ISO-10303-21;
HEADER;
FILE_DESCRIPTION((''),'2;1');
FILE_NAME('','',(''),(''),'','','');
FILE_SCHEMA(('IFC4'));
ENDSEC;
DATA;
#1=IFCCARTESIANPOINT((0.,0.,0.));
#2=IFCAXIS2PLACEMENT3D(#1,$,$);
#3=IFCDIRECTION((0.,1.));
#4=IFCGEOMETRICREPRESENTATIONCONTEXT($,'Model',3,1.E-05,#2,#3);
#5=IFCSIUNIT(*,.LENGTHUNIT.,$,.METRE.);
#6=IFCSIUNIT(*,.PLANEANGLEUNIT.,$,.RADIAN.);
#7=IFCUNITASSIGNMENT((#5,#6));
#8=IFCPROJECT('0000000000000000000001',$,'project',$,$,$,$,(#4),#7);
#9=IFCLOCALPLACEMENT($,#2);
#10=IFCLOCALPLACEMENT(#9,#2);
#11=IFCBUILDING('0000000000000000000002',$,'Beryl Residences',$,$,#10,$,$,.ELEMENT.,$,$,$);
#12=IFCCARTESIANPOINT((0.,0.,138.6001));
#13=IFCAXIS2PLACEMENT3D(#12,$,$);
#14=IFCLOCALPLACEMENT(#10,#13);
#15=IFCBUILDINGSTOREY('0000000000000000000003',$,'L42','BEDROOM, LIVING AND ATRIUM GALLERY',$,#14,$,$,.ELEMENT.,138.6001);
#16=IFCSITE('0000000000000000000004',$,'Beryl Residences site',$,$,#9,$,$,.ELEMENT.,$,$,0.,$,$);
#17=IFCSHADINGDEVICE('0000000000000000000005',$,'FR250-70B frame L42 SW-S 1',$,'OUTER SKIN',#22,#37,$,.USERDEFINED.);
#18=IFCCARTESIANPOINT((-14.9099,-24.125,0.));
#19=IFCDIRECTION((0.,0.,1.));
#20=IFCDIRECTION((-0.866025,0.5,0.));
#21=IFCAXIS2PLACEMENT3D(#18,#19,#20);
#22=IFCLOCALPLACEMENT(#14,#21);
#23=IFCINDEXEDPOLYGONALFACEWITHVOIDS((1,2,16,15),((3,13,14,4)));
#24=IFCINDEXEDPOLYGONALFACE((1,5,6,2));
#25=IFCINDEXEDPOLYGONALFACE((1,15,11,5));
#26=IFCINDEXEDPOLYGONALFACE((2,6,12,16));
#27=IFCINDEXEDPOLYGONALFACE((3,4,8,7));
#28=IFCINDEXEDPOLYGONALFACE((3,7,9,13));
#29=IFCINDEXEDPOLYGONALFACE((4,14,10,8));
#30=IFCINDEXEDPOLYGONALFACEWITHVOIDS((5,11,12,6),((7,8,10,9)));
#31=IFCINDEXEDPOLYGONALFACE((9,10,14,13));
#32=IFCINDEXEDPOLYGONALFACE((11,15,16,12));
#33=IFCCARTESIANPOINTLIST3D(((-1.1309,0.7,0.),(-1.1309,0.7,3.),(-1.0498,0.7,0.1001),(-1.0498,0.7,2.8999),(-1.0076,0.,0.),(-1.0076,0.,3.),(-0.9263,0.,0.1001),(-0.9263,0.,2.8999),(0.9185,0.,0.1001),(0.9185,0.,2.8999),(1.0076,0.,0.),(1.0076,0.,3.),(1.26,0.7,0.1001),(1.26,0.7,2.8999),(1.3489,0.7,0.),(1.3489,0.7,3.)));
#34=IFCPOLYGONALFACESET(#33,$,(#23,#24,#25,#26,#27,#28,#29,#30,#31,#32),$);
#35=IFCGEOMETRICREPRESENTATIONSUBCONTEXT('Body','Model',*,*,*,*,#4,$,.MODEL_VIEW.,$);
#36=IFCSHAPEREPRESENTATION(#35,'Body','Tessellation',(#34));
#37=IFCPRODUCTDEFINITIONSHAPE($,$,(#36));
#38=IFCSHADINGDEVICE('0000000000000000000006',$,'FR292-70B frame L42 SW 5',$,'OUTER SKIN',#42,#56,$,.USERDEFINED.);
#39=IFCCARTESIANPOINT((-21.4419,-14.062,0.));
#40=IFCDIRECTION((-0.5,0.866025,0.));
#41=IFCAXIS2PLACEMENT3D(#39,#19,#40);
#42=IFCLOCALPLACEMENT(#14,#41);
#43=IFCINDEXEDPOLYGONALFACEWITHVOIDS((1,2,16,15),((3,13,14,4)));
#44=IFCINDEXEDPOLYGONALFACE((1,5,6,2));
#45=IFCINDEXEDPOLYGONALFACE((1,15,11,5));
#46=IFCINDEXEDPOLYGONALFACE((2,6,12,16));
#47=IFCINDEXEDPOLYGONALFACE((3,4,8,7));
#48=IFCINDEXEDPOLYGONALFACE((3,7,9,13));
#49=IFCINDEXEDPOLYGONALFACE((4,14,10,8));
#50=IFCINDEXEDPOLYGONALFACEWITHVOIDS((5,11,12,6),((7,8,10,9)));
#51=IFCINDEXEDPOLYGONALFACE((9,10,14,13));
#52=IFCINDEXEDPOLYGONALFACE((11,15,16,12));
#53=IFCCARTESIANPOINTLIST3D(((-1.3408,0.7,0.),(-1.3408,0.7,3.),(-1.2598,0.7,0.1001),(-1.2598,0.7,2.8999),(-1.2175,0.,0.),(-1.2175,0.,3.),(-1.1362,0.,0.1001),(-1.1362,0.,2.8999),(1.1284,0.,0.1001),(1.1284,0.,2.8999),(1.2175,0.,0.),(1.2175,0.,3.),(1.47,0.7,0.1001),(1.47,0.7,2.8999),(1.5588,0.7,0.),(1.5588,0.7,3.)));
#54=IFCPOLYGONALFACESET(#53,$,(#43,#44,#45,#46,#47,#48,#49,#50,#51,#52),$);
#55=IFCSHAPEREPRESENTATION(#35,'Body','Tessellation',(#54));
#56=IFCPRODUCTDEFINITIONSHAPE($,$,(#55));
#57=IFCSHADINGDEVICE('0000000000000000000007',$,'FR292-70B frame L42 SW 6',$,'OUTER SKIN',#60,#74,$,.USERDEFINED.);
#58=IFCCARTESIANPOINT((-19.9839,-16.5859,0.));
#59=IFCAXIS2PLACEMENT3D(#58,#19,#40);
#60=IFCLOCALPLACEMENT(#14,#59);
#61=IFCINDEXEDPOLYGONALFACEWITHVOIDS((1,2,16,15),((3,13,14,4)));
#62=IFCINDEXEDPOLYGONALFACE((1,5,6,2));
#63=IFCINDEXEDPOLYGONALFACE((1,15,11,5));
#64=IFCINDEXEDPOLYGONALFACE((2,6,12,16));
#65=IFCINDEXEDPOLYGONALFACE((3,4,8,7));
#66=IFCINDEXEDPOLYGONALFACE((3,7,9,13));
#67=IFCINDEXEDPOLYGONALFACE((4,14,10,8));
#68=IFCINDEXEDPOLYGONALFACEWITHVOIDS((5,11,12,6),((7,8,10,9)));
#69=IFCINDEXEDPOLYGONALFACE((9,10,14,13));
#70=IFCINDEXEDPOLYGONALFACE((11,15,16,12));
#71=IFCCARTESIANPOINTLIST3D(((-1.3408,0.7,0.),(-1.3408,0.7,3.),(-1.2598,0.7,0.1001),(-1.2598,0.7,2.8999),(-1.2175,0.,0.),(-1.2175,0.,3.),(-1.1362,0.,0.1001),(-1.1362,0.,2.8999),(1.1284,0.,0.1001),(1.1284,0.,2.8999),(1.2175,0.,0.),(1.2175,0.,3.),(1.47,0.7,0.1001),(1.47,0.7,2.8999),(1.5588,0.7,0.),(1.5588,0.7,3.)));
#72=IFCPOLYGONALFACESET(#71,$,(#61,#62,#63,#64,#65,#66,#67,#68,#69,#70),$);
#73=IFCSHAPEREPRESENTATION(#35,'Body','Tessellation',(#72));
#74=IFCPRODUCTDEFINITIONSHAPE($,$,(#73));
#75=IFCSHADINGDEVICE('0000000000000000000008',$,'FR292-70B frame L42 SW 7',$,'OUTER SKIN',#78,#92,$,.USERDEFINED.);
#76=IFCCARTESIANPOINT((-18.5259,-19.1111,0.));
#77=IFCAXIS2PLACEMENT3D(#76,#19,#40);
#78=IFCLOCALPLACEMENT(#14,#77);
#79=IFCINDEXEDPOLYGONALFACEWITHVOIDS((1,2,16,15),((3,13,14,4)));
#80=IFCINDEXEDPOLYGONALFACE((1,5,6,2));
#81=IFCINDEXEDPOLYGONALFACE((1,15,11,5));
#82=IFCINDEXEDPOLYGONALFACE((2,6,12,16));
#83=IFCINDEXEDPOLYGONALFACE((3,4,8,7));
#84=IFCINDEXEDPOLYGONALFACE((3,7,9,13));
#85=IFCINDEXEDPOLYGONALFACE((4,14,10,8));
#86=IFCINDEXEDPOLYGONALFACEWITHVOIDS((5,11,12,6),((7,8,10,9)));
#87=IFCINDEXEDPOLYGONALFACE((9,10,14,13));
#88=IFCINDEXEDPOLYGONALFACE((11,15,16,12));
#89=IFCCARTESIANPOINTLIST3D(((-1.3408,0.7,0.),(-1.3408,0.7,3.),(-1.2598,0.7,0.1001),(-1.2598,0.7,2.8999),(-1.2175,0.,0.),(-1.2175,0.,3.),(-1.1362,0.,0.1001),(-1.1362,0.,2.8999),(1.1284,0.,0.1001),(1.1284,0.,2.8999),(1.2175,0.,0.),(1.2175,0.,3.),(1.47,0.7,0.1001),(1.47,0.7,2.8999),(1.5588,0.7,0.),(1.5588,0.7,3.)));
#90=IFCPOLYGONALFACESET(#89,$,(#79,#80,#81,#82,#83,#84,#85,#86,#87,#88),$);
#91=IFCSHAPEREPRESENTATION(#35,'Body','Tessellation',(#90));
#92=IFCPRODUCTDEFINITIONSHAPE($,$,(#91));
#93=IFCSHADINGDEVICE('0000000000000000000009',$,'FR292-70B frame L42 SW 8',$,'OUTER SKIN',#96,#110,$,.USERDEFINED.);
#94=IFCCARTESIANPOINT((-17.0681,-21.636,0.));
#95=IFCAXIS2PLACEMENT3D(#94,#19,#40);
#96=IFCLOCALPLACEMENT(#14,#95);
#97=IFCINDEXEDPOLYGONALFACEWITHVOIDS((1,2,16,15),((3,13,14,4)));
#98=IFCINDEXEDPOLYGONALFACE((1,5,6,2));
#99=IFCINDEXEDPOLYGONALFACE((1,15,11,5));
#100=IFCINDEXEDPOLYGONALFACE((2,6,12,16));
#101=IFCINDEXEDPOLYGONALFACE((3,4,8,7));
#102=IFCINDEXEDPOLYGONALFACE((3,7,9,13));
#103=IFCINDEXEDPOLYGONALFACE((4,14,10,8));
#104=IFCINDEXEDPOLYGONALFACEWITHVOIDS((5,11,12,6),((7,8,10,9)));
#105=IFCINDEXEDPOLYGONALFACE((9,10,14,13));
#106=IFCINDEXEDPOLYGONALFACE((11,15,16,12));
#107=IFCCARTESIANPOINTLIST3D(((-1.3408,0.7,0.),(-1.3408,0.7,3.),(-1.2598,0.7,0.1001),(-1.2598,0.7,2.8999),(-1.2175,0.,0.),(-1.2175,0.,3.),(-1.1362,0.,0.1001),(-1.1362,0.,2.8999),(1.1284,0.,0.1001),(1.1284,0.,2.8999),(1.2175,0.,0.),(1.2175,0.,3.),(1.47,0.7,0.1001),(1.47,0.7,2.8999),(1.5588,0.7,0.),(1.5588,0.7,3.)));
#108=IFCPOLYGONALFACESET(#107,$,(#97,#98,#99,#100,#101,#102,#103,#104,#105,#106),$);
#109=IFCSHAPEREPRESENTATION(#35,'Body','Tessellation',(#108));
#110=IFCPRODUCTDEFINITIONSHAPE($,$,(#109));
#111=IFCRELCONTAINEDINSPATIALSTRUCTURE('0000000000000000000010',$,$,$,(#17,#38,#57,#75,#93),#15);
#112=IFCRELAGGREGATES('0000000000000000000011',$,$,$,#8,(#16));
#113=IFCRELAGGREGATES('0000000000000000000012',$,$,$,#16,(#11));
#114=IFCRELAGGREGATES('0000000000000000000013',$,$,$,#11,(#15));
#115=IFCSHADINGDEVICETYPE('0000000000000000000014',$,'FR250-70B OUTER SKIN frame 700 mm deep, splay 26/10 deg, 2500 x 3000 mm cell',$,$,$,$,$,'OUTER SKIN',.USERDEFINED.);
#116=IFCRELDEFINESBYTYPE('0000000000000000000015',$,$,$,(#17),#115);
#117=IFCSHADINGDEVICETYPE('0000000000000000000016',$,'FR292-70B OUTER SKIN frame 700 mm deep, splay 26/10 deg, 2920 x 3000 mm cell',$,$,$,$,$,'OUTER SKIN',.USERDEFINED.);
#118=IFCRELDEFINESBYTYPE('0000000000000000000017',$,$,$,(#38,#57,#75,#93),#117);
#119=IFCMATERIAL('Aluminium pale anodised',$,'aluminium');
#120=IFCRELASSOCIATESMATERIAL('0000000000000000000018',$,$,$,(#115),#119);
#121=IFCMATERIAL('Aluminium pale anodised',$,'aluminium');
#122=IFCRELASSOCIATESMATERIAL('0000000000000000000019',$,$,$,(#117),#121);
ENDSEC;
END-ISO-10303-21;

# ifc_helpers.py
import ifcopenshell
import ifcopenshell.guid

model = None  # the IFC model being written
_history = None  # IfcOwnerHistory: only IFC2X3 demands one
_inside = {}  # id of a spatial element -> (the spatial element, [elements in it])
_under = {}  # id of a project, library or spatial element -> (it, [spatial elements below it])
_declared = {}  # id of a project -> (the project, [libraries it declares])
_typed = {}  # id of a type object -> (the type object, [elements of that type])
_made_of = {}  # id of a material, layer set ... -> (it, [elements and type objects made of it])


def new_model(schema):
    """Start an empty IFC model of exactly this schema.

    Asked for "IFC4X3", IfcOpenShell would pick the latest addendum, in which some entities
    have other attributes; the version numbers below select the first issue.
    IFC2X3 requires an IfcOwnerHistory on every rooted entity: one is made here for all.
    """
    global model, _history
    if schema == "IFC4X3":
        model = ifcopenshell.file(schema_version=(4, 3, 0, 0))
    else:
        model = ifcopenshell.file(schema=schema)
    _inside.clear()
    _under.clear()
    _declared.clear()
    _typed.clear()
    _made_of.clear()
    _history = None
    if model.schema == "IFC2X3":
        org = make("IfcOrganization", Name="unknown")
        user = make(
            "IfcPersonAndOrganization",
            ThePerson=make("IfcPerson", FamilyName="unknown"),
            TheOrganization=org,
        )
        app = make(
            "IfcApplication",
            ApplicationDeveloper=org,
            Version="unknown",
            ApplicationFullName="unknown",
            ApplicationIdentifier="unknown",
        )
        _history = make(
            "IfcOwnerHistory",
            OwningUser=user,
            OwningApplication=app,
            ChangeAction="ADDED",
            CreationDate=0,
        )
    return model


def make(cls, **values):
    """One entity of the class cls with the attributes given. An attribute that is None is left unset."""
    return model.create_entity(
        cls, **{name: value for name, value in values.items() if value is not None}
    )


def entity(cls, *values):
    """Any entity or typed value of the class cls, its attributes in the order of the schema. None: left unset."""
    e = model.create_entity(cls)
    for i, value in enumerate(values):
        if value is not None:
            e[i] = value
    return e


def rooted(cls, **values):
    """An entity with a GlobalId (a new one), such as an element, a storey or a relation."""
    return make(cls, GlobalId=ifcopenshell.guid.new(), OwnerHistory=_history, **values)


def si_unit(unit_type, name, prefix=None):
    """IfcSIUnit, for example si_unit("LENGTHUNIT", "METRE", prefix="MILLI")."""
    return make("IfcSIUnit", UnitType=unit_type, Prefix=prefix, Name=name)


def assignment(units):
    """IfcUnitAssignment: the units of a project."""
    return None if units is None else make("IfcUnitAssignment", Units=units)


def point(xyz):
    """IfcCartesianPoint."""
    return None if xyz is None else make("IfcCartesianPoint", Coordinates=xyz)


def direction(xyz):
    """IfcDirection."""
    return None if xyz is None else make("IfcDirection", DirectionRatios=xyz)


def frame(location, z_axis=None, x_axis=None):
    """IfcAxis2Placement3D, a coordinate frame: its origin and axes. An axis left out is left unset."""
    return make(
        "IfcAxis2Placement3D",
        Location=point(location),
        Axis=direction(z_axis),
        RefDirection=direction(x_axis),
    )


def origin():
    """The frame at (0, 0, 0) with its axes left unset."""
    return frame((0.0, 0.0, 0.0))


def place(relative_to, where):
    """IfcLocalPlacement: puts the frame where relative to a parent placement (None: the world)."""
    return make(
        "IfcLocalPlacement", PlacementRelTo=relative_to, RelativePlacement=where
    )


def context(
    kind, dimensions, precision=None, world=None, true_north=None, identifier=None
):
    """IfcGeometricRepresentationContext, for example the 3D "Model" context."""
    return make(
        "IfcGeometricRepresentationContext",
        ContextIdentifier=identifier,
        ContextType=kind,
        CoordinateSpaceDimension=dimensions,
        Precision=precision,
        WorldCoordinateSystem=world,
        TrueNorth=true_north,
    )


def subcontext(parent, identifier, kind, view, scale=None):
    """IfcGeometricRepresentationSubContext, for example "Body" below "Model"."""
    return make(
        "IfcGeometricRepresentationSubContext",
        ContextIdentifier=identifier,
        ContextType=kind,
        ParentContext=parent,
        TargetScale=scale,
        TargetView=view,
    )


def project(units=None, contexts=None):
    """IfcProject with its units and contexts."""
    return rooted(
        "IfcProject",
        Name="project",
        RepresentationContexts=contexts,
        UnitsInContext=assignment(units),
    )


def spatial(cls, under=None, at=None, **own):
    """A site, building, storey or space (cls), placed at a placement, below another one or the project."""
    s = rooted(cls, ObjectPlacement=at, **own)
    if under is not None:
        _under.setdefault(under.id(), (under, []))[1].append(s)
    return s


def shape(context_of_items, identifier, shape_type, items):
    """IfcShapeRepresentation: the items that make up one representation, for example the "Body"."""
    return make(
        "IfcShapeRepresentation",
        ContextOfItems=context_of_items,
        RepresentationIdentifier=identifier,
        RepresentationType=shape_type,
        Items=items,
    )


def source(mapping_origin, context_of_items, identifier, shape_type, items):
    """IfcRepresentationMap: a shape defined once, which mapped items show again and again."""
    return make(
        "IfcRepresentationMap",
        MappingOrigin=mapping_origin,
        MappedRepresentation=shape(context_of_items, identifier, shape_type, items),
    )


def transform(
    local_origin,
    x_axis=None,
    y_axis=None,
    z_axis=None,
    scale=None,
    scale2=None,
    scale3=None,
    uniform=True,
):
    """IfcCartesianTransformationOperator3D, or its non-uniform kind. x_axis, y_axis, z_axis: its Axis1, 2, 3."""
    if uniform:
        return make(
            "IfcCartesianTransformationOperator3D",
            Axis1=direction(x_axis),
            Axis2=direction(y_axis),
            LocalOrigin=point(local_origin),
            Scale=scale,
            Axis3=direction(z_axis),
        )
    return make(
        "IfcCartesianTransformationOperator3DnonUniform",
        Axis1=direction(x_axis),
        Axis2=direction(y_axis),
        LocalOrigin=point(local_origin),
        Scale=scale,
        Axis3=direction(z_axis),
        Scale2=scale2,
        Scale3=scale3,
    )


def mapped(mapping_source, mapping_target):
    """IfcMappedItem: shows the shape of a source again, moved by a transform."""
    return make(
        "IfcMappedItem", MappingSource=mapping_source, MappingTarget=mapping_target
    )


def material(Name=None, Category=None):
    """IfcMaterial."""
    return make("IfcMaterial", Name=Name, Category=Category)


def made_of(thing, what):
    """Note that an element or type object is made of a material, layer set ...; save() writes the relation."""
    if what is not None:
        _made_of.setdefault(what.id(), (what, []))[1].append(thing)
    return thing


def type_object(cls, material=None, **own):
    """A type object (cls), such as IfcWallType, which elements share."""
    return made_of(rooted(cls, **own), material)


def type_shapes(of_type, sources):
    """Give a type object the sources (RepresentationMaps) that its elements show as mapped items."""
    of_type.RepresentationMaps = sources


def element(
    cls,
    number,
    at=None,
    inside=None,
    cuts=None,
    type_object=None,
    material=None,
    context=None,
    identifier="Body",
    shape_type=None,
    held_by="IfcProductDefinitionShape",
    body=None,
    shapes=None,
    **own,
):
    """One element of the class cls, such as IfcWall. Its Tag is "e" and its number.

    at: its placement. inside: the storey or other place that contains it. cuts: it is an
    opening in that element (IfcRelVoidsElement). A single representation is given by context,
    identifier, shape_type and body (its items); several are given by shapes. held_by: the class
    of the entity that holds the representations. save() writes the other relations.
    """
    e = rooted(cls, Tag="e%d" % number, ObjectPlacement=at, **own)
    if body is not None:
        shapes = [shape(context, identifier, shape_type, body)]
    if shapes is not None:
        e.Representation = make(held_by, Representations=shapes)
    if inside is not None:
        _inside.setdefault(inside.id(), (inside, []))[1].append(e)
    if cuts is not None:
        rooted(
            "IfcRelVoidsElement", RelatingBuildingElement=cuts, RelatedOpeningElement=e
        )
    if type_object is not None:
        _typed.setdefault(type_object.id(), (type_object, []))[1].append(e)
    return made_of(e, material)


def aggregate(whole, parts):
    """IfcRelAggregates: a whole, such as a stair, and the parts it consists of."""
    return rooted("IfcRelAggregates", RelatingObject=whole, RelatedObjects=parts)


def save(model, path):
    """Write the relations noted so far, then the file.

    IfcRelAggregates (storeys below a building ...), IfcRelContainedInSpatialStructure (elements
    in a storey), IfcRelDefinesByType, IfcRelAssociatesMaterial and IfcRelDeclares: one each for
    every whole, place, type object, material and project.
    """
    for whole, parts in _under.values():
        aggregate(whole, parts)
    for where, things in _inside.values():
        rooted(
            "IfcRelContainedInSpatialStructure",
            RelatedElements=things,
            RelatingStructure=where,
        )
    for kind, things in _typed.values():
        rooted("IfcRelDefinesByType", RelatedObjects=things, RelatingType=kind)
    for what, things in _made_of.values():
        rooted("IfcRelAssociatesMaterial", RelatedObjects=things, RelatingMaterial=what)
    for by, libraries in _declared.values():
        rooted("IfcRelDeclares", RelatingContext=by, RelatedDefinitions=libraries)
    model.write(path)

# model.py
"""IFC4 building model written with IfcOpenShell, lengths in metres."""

from ifc_helpers import new_model, entity, si_unit, direction, frame, origin, place, context, subcontext, project, spatial, source, transform, mapped, material, type_object, type_shapes, element, save


model = new_model("IFC4")

# Units and contexts
model_context = context("Model", 3, precision=1e-05, world=origin(), true_north=direction((0.0, 1.0)))
body_context = subcontext(model_context, "Body", "Model", "MODEL_VIEW")
ifc_project = project(units=[si_unit("LENGTHUNIT", "METRE"), si_unit("PLANEANGLEUNIT", "RADIAN")], contexts=[model_context])

# Site, building, storey
site_placement = place(None, origin())
site = spatial("IfcSite", under=ifc_project, at=site_placement, Name="Beryl Residences site", CompositionType="ELEMENT", RefElevation=0.0)
building_placement = place(site_placement, origin())
building = spatial("IfcBuilding", under=site, at=building_placement, Name="Beryl Residences", CompositionType="ELEMENT")
storey_placement = place(building_placement, frame((0.0, 0.0, 138.6001)))
storey = spatial("IfcBuildingStorey", under=building, at=storey_placement, Name="L42", Description="BEDROOM, LIVING AND ATRIUM GALLERY", CompositionType="ELEMENT", Elevation=138.6001)

# Shading devices
ifc_material_1 = material(Name="Aluminium pale anodised", Category="aluminium")
shading_device_type_1 = type_object("IfcShadingDeviceType", Name="FR250-70B OUTER SKIN frame 700 mm deep, splay 26/10 deg, 2500 x 3000 mm cell", ElementType="OUTER SKIN", PredefinedType="USERDEFINED", material=ifc_material_1)
cartesian_point_1 = entity("IfcCartesianPoint", [-1.0076, 0.0])
cartesian_point_2 = entity("IfcCartesianPoint", [-0.9185, 0.1001])
cartesian_point_3 = entity("IfcCartesianPoint", [-1.3489, 0.0])
cartesian_point_4 = entity("IfcCartesianPoint", [-1.26, 0.1001])
shared_shape_1 = source(origin(), body_context, "Body", "SweptSolid", [
    entity("IfcExtrudedAreaSolidTapered", entity("IfcArbitraryProfileDefWithVoids", "AREA", None, entity("IfcPolyline", [cartesian_point_1, entity("IfcCartesianPoint", [1.0076, 0.0]), entity("IfcCartesianPoint", [1.0076, 3.0]), entity("IfcCartesianPoint", [-1.0076, 3.0]), cartesian_point_1]), [entity("IfcPolyline", [cartesian_point_2, entity("IfcCartesianPoint", [0.9263, 0.1001]), entity("IfcCartesianPoint", [0.9263, 2.8999]), entity("IfcCartesianPoint", [-0.9185, 2.8999]), cartesian_point_2])]), entity("IfcAxis2Placement3D", entity("IfcCartesianPoint", [0.0, 0.0, 0.0]), entity("IfcDirection", [0.0, 1.0, 0.0]), entity("IfcDirection", [-1.0, 0.0, 0.0])), entity("IfcDirection", [0.0, 0.0, 1.0]), 0.7, entity("IfcArbitraryProfileDefWithVoids", "AREA", None, entity("IfcPolyline", [cartesian_point_3, entity("IfcCartesianPoint", [1.1309, 0.0]), entity("IfcCartesianPoint", [1.1309, 3.0]), entity("IfcCartesianPoint", [-1.3489, 3.0]), cartesian_point_3]), [entity("IfcPolyline", [cartesian_point_4, entity("IfcCartesianPoint", [1.0498, 0.1001]), entity("IfcCartesianPoint", [1.0498, 2.8999]), entity("IfcCartesianPoint", [-1.26, 2.8999]), cartesian_point_4])])),
])
type_shapes(shading_device_type_1, [shared_shape_1])
shading_device_placement = place(storey_placement, frame((-14.9099, -24.125, 0.0), z_axis=(0.0, 0.0, 1.0), x_axis=(-0.866025, 0.5, 0.0)))
element("IfcShadingDevice", 1, at=shading_device_placement, inside=storey, type_object=shading_device_type_1, Name="FR250-70B frame L42 SW-S 1", ObjectType="OUTER SKIN", PredefinedType="USERDEFINED", context=body_context, shape_type="MappedRepresentation", body=[
    mapped(shared_shape_1, transform((0.0, 0.0, 0.0))),
])
ifc_material_2 = material(Name="Aluminium pale anodised", Category="aluminium")
shading_device_type_2 = type_object("IfcShadingDeviceType", Name="FR292-70B OUTER SKIN frame 700 mm deep, splay 26/10 deg, 2920 x 3000 mm cell", ElementType="OUTER SKIN", PredefinedType="USERDEFINED", material=ifc_material_2)
cartesian_point_5 = entity("IfcCartesianPoint", [-1.2175, 0.0])
cartesian_point_6 = entity("IfcCartesianPoint", [-1.1284, 0.1001])
cartesian_point_7 = entity("IfcCartesianPoint", [-1.5588, 0.0])
cartesian_point_8 = entity("IfcCartesianPoint", [-1.47, 0.1001])
shared_shape_2 = source(origin(), body_context, "Body", "SweptSolid", [
    entity("IfcExtrudedAreaSolidTapered", entity("IfcArbitraryProfileDefWithVoids", "AREA", None, entity("IfcPolyline", [cartesian_point_5, entity("IfcCartesianPoint", [1.2175, 0.0]), entity("IfcCartesianPoint", [1.2175, 3.0]), entity("IfcCartesianPoint", [-1.2175, 3.0]), cartesian_point_5]), [entity("IfcPolyline", [cartesian_point_6, entity("IfcCartesianPoint", [1.1362, 0.1001]), entity("IfcCartesianPoint", [1.1362, 2.8999]), entity("IfcCartesianPoint", [-1.1284, 2.8999]), cartesian_point_6])]), entity("IfcAxis2Placement3D", entity("IfcCartesianPoint", [0.0, 0.0, 0.0]), entity("IfcDirection", [0.0, 1.0, 0.0]), entity("IfcDirection", [-1.0, 0.0, 0.0])), entity("IfcDirection", [0.0, 0.0, 1.0]), 0.7, entity("IfcArbitraryProfileDefWithVoids", "AREA", None, entity("IfcPolyline", [cartesian_point_7, entity("IfcCartesianPoint", [1.3408, 0.0]), entity("IfcCartesianPoint", [1.3408, 3.0]), entity("IfcCartesianPoint", [-1.5588, 3.0]), cartesian_point_7]), [entity("IfcPolyline", [cartesian_point_8, entity("IfcCartesianPoint", [1.2598, 0.1001]), entity("IfcCartesianPoint", [1.2598, 2.8999]), entity("IfcCartesianPoint", [-1.47, 2.8999]), cartesian_point_8])])),
])
type_shapes(shading_device_type_2, [shared_shape_2])
for number, where, z_axis, x_axis, name in (
    (2, (-21.4419, -14.062, 0.0), (0.0, 0.0, 1.0), (-0.5, 0.866025, 0.0), "FR292-70B frame L42 SW 5"),
    (3, (-19.9839, -16.5859, 0.0), (0.0, 0.0, 1.0), (-0.5, 0.866025, 0.0), "FR292-70B frame L42 SW 6"),
    (4, (-18.5259, -19.1111, 0.0), (0.0, 0.0, 1.0), (-0.5, 0.866025, 0.0), "FR292-70B frame L42 SW 7"),
    (5, (-17.0681, -21.636, 0.0), (0.0, 0.0, 1.0), (-0.5, 0.866025, 0.0), "FR292-70B frame L42 SW 8"),
):
    element("IfcShadingDevice", number, at=place(storey_placement, frame(where, z_axis=z_axis, x_axis=x_axis)), inside=storey, type_object=shading_device_type_2, Name=name, ObjectType="OUTER SKIN", PredefinedType="USERDEFINED", context=body_context, shape_type="MappedRepresentation", body=[
        mapped(shared_shape_2, transform((0.0, 0.0, 0.0))),
    ])

save(model, "model.ifc")
